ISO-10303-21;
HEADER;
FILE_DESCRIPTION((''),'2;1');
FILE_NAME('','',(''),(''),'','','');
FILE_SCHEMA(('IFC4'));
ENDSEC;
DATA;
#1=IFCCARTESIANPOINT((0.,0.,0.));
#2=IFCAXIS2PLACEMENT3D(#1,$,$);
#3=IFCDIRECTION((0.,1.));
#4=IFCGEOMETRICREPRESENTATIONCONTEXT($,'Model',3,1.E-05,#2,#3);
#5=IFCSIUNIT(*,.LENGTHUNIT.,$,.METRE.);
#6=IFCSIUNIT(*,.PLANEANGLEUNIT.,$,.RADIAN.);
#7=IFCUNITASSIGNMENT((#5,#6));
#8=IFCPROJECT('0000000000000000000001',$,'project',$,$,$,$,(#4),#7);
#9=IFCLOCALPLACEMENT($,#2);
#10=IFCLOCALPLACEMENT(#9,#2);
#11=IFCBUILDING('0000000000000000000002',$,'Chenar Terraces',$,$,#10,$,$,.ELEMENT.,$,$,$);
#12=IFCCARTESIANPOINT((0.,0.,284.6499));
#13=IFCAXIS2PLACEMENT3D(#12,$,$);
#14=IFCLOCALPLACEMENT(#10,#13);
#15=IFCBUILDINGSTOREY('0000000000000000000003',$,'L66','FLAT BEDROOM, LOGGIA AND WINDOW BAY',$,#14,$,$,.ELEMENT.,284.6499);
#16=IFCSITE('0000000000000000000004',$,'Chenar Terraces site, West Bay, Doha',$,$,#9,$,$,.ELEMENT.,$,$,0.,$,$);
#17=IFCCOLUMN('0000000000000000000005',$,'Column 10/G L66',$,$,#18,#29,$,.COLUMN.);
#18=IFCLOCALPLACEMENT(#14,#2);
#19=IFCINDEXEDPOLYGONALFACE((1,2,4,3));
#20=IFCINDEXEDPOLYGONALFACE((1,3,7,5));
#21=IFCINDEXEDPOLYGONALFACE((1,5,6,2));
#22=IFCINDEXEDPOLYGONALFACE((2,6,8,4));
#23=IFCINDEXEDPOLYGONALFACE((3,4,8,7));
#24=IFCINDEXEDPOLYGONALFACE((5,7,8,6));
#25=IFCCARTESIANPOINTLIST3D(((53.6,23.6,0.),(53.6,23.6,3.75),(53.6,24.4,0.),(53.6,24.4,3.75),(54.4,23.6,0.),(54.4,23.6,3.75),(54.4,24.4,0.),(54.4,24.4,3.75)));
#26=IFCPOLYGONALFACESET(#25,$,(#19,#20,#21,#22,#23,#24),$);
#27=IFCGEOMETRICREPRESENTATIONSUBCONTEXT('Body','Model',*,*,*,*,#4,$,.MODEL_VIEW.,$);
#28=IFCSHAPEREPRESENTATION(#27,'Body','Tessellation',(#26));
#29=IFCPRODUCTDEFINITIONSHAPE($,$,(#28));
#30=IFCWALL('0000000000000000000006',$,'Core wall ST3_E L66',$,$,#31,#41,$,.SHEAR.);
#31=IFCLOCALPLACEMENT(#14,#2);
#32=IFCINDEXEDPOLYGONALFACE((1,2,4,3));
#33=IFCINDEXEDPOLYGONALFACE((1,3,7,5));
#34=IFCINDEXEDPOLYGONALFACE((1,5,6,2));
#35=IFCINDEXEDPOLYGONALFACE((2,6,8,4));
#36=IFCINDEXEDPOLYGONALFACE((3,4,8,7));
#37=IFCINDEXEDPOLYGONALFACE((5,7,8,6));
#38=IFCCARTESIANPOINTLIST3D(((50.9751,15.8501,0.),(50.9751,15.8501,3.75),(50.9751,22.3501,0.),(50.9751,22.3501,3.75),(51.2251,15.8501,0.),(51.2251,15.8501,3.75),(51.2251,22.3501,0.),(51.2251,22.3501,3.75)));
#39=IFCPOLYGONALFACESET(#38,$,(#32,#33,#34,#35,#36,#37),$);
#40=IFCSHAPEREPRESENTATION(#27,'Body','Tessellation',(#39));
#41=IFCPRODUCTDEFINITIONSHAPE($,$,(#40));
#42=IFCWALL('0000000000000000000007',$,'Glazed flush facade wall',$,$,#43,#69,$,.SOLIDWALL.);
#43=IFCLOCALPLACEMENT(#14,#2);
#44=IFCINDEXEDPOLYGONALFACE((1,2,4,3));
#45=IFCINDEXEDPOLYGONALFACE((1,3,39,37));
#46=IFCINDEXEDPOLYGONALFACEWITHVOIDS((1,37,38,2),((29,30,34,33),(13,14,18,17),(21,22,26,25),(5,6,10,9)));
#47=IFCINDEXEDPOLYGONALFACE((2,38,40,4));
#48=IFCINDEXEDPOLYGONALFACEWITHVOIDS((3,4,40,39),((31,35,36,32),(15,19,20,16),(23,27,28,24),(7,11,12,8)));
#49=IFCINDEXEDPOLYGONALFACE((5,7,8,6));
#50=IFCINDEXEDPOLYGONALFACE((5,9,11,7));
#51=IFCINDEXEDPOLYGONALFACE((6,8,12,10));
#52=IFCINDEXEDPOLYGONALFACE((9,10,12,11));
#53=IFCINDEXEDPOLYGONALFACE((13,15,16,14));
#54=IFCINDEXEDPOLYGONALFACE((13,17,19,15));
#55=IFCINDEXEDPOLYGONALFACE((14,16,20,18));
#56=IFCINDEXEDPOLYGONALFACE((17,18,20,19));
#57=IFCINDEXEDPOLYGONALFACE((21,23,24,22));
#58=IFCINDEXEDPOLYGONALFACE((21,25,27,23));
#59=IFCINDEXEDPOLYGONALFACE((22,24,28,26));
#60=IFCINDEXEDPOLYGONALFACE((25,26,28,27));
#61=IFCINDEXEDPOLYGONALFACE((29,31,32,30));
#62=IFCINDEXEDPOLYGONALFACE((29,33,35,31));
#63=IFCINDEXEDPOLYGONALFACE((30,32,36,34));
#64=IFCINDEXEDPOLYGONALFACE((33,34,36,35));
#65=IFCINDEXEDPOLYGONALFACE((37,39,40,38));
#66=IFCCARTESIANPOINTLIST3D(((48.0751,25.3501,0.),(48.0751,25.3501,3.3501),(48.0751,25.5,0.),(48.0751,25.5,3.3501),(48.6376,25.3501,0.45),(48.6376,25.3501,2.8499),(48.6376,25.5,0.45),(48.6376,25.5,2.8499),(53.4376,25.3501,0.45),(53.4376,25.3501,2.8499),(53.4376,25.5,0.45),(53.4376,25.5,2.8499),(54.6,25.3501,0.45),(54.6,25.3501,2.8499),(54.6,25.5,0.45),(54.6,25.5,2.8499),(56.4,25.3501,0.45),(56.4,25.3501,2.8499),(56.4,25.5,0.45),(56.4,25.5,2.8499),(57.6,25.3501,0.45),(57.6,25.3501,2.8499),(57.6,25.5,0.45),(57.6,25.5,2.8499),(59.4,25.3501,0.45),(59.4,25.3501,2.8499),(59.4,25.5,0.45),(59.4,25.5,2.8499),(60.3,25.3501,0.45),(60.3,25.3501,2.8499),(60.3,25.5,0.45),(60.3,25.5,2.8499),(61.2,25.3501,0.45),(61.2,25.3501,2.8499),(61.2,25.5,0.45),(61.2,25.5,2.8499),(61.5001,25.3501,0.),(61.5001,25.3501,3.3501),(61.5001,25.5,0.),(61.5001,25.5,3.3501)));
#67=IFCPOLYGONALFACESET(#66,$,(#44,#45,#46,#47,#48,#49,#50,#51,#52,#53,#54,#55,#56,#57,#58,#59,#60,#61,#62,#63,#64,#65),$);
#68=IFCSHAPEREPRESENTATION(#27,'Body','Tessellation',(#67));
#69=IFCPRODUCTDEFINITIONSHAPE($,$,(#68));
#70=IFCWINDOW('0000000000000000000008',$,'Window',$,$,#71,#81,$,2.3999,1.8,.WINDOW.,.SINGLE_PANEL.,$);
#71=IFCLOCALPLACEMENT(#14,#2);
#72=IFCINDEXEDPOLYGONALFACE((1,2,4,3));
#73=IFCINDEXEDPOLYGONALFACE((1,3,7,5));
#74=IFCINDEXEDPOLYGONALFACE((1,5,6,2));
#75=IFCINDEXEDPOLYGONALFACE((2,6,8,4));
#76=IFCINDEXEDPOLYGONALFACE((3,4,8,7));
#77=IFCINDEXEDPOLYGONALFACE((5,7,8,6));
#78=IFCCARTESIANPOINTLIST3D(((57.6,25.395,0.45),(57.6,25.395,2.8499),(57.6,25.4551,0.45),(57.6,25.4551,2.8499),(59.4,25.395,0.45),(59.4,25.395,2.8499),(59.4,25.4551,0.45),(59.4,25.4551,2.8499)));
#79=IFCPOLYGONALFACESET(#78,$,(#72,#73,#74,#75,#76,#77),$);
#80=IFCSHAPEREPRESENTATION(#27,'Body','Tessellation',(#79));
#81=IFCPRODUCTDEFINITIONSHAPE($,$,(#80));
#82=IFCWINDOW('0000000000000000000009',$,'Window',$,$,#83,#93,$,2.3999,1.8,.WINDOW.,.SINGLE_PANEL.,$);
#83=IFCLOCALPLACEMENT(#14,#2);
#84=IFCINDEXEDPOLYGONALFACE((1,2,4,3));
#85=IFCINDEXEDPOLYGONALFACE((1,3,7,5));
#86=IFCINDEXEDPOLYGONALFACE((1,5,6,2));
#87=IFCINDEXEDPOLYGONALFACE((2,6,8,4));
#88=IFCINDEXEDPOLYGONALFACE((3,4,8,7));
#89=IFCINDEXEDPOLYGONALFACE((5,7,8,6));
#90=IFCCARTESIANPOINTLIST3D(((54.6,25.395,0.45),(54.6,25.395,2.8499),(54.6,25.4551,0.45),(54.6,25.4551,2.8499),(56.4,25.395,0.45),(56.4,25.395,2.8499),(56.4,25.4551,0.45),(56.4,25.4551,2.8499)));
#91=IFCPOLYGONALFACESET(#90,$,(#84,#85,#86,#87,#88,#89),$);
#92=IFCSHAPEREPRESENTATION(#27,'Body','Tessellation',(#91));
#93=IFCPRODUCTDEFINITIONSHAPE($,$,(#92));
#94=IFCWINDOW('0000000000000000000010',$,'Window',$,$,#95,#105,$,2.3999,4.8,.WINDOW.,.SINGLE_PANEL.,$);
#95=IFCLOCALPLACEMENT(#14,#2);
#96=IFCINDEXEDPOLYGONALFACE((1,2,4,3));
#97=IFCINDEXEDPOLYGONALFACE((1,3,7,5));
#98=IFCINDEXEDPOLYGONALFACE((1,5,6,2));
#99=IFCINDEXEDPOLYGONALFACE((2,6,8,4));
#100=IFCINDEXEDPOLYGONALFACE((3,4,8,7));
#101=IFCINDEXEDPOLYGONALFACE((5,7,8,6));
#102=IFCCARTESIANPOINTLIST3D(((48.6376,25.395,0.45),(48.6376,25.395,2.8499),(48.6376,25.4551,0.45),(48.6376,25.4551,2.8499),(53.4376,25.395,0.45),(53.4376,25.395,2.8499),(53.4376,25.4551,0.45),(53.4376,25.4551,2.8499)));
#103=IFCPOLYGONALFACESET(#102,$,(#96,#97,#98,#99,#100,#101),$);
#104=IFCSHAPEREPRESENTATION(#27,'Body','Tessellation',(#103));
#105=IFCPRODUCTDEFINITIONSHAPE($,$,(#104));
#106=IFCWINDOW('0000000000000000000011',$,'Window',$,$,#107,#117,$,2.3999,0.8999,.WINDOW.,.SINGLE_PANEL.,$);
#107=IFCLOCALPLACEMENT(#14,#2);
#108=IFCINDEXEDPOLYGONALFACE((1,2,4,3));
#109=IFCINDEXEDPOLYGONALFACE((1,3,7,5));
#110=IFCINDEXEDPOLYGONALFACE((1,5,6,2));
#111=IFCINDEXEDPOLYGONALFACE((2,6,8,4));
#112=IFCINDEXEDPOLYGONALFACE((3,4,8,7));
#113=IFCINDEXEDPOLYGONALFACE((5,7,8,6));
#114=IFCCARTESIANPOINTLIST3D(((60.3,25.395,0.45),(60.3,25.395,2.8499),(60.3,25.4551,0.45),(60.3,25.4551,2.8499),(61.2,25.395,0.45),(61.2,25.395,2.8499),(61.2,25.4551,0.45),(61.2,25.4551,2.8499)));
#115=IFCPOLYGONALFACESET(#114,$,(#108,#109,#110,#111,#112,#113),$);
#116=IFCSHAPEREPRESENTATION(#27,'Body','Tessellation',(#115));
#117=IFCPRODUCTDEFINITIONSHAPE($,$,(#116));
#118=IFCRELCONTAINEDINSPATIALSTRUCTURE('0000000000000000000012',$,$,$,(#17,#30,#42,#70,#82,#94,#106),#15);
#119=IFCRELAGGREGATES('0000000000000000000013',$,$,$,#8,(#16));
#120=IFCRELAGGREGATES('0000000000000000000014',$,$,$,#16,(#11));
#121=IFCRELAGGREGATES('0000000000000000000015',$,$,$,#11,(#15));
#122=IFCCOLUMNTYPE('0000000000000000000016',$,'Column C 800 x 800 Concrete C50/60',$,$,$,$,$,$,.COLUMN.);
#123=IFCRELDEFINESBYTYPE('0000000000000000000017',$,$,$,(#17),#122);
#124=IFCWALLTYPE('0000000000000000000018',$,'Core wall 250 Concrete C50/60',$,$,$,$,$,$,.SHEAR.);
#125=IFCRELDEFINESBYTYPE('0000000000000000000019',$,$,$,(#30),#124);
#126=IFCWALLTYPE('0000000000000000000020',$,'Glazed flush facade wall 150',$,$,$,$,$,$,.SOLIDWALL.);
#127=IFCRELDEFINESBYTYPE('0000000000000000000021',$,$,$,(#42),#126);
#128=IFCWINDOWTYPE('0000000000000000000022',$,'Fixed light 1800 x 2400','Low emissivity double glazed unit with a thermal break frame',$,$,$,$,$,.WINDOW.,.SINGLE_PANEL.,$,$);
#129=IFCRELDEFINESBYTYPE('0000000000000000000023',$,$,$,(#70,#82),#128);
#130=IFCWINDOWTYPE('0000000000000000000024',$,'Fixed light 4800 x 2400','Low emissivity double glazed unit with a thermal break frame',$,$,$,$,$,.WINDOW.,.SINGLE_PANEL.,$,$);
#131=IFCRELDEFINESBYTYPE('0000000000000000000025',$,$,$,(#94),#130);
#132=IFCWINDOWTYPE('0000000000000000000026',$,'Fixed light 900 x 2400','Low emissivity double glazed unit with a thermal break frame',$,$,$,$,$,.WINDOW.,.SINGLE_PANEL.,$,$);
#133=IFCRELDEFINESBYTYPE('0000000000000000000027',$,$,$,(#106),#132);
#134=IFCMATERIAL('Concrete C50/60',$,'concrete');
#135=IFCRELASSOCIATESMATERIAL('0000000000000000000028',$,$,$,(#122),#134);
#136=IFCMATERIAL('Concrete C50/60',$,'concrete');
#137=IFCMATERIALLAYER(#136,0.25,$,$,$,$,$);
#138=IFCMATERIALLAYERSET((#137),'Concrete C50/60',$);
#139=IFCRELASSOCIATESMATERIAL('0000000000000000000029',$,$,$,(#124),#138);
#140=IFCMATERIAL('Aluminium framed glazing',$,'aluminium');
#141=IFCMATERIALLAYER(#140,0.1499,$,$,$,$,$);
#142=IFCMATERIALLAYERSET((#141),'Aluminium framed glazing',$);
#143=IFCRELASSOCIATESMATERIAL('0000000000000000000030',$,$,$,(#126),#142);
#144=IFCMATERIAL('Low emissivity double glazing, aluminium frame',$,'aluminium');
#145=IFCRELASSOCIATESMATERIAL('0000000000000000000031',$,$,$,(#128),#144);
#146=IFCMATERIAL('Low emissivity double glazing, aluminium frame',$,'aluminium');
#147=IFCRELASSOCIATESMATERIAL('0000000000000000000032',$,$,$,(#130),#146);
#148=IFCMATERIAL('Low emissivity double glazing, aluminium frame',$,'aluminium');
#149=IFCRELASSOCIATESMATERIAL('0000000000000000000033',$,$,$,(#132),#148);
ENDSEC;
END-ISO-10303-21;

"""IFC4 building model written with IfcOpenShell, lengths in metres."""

from ifc_helpers import new_model, si_unit, direction, frame, frame_2d, origin, origin_2d, place, context, subcontext, project, spatial, rectangle, extrude, material, layer, layer_set, material_profile, profile_set, type_object, element, fill, save


model = new_model("IFC4")

# Units and contexts
model_context = context("Model", 3, precision=1e-05, world=origin(), true_north=direction((0.0, 1.0)))
body_context = subcontext(model_context, "Body", "Model", "MODEL_VIEW")
ifc_project = project(units=[si_unit("LENGTHUNIT", "METRE"), si_unit("PLANEANGLEUNIT", "RADIAN")], contexts=[model_context])

# Site, building, storey
site_placement = place(None, origin())
site = spatial("IfcSite", under=ifc_project, at=site_placement, Name="Chenar Terraces site, West Bay, Doha", CompositionType="ELEMENT", RefElevation=0.0)
building_placement = place(site_placement, origin())
building = spatial("IfcBuilding", under=site, at=building_placement, Name="Chenar Terraces", CompositionType="ELEMENT")
storey_placement = place(building_placement, frame((0.0, 0.0, 284.6499)))
storey = spatial("IfcBuildingStorey", under=building, at=storey_placement, Name="L66", Description="FLAT BEDROOM, LOGGIA AND WINDOW BAY", CompositionType="ELEMENT", Elevation=284.6499)

# Column
ifc_material_1 = material(Name="Concrete C50/60", Category="concrete")
ifc_material_profile = material_profile(ifc_material_1, rectangle(XDim=0.8, YDim=0.8, at=origin_2d()), Name="C 800 x 800")
ifc_profile_set = profile_set([ifc_material_profile], Name="Concrete C50/60")
column_type = type_object("IfcColumnType", Name="Column C 800 x 800 Concrete C50/60", PredefinedType="COLUMN", material=ifc_profile_set)
column_placement = place(storey_placement, frame((54.0, 24.0, 0.0), z_axis=(0.0, 0.0, 1.0), x_axis=(1.0, 0.0, 0.0)))
element("IfcColumn", 1, at=column_placement, inside=storey, type_object=column_type, Name="Column 10/G L66", PredefinedType="COLUMN", context=body_context, shape_type="SweptSolid", body=[
    extrude(rectangle(XDim=0.8, YDim=0.8, at=origin_2d()), origin(), (0.0, 0.0, 1.0), 3.75),
])

# Wall
ifc_material_2 = material(Name="Concrete C50/60", Category="concrete")
ifc_layer_1 = layer(ifc_material_2, 0.25)
ifc_layer_set_1 = layer_set([ifc_layer_1], Name="Concrete C50/60")
wall_type_1 = type_object("IfcWallType", Name="Core wall 250 Concrete C50/60", PredefinedType="SHEAR", material=ifc_layer_set_1)
wall_1_placement = place(storey_placement, frame((51.1001, 15.8501, 0.0), z_axis=(0.0, 0.0, 1.0), x_axis=(0.0, 1.0, 0.0)))
element("IfcWall", 2, at=wall_1_placement, inside=storey, type_object=wall_type_1, Name="Core wall ST3_E L66", PredefinedType="SHEAR", context=body_context, shape_type="SweptSolid", body=[
    extrude(rectangle(XDim=6.5, YDim=0.25, at=frame_2d((3.25, 0.0))), origin(), (0.0, 0.0, 1.0), 3.75),
])

# Wall, openings, windows
ifc_material_3 = material(Name="Aluminium framed glazing", Category="aluminium")
ifc_layer_2 = layer(ifc_material_3, 0.1499)
ifc_layer_set_2 = layer_set([ifc_layer_2], Name="Aluminium framed glazing")
wall_type_2 = type_object("IfcWallType", Name="Glazed flush facade wall 150", PredefinedType="SOLIDWALL", material=ifc_layer_set_2)
wall_2_placement = place(storey_placement, frame((61.5, 25.425, 0.0), z_axis=(0.0, 0.0, 1.0), x_axis=(-1.0, 0.0, 0.0)))
wall_2 = element("IfcWall", 3, at=wall_2_placement, inside=storey, type_object=wall_type_2, Name="Glazed flush facade wall", PredefinedType="SOLIDWALL", context=body_context, shape_type="SweptSolid", body=[
    extrude(rectangle(XDim=13.425, YDim=0.1499, at=frame_2d((6.7124, 0.0))), origin(), (0.0, 0.0, 1.0), 3.3501),
])
opening_1_placement = place(wall_2_placement, frame((0.3, 0.0, 0.45)))
opening_1 = element("IfcOpeningElement", 4, at=opening_1_placement, cuts=wall_2, PredefinedType="OPENING", context=body_context, shape_type="SweptSolid", body=[
    extrude(rectangle(XDim=0.8999, YDim=2.3999, at=frame_2d((0.45, 1.2))), frame((0.0, 0.085, 0.0), z_axis=(0.0, -1.0, 0.0), x_axis=(1.0, 0.0, 0.0)), (0.0, 0.0, 1.0), 0.1699),
])
opening_2_placement = place(wall_2_placement, frame((2.1001, 0.0, 0.45)))
opening_2 = element("IfcOpeningElement", 5, at=opening_2_placement, cuts=wall_2, PredefinedType="OPENING", context=body_context, shape_type="SweptSolid", body=[
    extrude(rectangle(XDim=1.8, YDim=2.3999, at=frame_2d((0.8999, 1.2))), frame((0.0, 0.085, 0.0), z_axis=(0.0, -1.0, 0.0), x_axis=(1.0, 0.0, 0.0)), (0.0, 0.0, 1.0), 0.1699),
])
opening_3_placement = place(wall_2_placement, frame((5.1001, 0.0, 0.45)))
opening_3 = element("IfcOpeningElement", 6, at=opening_3_placement, cuts=wall_2, PredefinedType="OPENING", context=body_context, shape_type="SweptSolid", body=[
    extrude(rectangle(XDim=1.8, YDim=2.3999, at=frame_2d((0.8999, 1.2))), frame((0.0, 0.085, 0.0), z_axis=(0.0, -1.0, 0.0), x_axis=(1.0, 0.0, 0.0)), (0.0, 0.0, 1.0), 0.1699),
])
opening_4_placement = place(wall_2_placement, frame((8.0625, 0.0, 0.45)))
opening_4 = element("IfcOpeningElement", 7, at=opening_4_placement, cuts=wall_2, PredefinedType="OPENING", context=body_context, shape_type="SweptSolid", body=[
    extrude(rectangle(XDim=4.8, YDim=2.3999, at=frame_2d((2.3999, 1.2))), frame((0.0, 0.085, 0.0), z_axis=(0.0, -1.0, 0.0), x_axis=(1.0, 0.0, 0.0)), (0.0, 0.0, 1.0), 0.1699),
])
ifc_material_4 = material(Name="Low emissivity double glazing, aluminium frame", Category="aluminium")
window_type_1 = type_object("IfcWindowType", Name="Fixed light 1800 x 2400", Description="Low emissivity double glazed unit with a thermal break frame", PartitioningType="SINGLE_PANEL", PredefinedType="WINDOW", material=ifc_material_4)
window_1_placement = place(opening_2_placement, origin())
window_1 = element("IfcWindow", 8, at=window_1_placement, inside=storey, type_object=window_type_1, Name="Window", OverallHeight=2.3999, OverallWidth=1.8, PartitioningType="SINGLE_PANEL", PredefinedType="WINDOW", context=body_context, shape_type="SweptSolid", body=[
    extrude(rectangle(XDim=1.8, YDim=2.3999, at=frame_2d((0.8999, 1.2))), frame((0.0, 0.03, 0.0), z_axis=(0.0, -1.0, 0.0), x_axis=(1.0, 0.0, 0.0)), (0.0, 0.0, 1.0), 0.0601),
])
fill(opening_2, window_1)
window_2_placement = place(opening_3_placement, origin())
window_2 = element("IfcWindow", 9, at=window_2_placement, inside=storey, type_object=window_type_1, Name="Window", OverallHeight=2.3999, OverallWidth=1.8, PartitioningType="SINGLE_PANEL", PredefinedType="WINDOW", context=body_context, shape_type="SweptSolid", body=[
    extrude(rectangle(XDim=1.8, YDim=2.3999, at=frame_2d((0.8999, 1.2))), frame((0.0, 0.03, 0.0), z_axis=(0.0, -1.0, 0.0), x_axis=(1.0, 0.0, 0.0)), (0.0, 0.0, 1.0), 0.0601),
])
fill(opening_3, window_2)
ifc_material_5 = material(Name="Low emissivity double glazing, aluminium frame", Category="aluminium")
window_type_2 = type_object("IfcWindowType", Name="Fixed light 4800 x 2400", Description="Low emissivity double glazed unit with a thermal break frame", PartitioningType="SINGLE_PANEL", PredefinedType="WINDOW", material=ifc_material_5)
window_3_placement = place(opening_4_placement, origin())
window_3 = element("IfcWindow", 10, at=window_3_placement, inside=storey, type_object=window_type_2, Name="Window", OverallHeight=2.3999, OverallWidth=4.8, PartitioningType="SINGLE_PANEL", PredefinedType="WINDOW", context=body_context, shape_type="SweptSolid", body=[
    extrude(rectangle(XDim=4.8, YDim=2.3999, at=frame_2d((2.3999, 1.2))), frame((0.0, 0.03, 0.0), z_axis=(0.0, -1.0, 0.0), x_axis=(1.0, 0.0, 0.0)), (0.0, 0.0, 1.0), 0.0601),
])
fill(opening_4, window_3)
ifc_material_6 = material(Name="Low emissivity double glazing, aluminium frame", Category="aluminium")
window_type_3 = type_object("IfcWindowType", Name="Fixed light 900 x 2400", Description="Low emissivity double glazed unit with a thermal break frame", PartitioningType="SINGLE_PANEL", PredefinedType="WINDOW", material=ifc_material_6)
window_4_placement = place(opening_1_placement, origin())
window_4 = element("IfcWindow", 11, at=window_4_placement, inside=storey, type_object=window_type_3, Name="Window", OverallHeight=2.3999, OverallWidth=0.8999, PartitioningType="SINGLE_PANEL", PredefinedType="WINDOW", context=body_context, shape_type="SweptSolid", body=[
    extrude(rectangle(XDim=0.8999, YDim=2.3999, at=frame_2d((0.45, 1.2))), frame((0.0, 0.03, 0.0), z_axis=(0.0, -1.0, 0.0), x_axis=(1.0, 0.0, 0.0)), (0.0, 0.0, 1.0), 0.0601),
])
fill(opening_1, window_4)

save(model, "model.ifc")
